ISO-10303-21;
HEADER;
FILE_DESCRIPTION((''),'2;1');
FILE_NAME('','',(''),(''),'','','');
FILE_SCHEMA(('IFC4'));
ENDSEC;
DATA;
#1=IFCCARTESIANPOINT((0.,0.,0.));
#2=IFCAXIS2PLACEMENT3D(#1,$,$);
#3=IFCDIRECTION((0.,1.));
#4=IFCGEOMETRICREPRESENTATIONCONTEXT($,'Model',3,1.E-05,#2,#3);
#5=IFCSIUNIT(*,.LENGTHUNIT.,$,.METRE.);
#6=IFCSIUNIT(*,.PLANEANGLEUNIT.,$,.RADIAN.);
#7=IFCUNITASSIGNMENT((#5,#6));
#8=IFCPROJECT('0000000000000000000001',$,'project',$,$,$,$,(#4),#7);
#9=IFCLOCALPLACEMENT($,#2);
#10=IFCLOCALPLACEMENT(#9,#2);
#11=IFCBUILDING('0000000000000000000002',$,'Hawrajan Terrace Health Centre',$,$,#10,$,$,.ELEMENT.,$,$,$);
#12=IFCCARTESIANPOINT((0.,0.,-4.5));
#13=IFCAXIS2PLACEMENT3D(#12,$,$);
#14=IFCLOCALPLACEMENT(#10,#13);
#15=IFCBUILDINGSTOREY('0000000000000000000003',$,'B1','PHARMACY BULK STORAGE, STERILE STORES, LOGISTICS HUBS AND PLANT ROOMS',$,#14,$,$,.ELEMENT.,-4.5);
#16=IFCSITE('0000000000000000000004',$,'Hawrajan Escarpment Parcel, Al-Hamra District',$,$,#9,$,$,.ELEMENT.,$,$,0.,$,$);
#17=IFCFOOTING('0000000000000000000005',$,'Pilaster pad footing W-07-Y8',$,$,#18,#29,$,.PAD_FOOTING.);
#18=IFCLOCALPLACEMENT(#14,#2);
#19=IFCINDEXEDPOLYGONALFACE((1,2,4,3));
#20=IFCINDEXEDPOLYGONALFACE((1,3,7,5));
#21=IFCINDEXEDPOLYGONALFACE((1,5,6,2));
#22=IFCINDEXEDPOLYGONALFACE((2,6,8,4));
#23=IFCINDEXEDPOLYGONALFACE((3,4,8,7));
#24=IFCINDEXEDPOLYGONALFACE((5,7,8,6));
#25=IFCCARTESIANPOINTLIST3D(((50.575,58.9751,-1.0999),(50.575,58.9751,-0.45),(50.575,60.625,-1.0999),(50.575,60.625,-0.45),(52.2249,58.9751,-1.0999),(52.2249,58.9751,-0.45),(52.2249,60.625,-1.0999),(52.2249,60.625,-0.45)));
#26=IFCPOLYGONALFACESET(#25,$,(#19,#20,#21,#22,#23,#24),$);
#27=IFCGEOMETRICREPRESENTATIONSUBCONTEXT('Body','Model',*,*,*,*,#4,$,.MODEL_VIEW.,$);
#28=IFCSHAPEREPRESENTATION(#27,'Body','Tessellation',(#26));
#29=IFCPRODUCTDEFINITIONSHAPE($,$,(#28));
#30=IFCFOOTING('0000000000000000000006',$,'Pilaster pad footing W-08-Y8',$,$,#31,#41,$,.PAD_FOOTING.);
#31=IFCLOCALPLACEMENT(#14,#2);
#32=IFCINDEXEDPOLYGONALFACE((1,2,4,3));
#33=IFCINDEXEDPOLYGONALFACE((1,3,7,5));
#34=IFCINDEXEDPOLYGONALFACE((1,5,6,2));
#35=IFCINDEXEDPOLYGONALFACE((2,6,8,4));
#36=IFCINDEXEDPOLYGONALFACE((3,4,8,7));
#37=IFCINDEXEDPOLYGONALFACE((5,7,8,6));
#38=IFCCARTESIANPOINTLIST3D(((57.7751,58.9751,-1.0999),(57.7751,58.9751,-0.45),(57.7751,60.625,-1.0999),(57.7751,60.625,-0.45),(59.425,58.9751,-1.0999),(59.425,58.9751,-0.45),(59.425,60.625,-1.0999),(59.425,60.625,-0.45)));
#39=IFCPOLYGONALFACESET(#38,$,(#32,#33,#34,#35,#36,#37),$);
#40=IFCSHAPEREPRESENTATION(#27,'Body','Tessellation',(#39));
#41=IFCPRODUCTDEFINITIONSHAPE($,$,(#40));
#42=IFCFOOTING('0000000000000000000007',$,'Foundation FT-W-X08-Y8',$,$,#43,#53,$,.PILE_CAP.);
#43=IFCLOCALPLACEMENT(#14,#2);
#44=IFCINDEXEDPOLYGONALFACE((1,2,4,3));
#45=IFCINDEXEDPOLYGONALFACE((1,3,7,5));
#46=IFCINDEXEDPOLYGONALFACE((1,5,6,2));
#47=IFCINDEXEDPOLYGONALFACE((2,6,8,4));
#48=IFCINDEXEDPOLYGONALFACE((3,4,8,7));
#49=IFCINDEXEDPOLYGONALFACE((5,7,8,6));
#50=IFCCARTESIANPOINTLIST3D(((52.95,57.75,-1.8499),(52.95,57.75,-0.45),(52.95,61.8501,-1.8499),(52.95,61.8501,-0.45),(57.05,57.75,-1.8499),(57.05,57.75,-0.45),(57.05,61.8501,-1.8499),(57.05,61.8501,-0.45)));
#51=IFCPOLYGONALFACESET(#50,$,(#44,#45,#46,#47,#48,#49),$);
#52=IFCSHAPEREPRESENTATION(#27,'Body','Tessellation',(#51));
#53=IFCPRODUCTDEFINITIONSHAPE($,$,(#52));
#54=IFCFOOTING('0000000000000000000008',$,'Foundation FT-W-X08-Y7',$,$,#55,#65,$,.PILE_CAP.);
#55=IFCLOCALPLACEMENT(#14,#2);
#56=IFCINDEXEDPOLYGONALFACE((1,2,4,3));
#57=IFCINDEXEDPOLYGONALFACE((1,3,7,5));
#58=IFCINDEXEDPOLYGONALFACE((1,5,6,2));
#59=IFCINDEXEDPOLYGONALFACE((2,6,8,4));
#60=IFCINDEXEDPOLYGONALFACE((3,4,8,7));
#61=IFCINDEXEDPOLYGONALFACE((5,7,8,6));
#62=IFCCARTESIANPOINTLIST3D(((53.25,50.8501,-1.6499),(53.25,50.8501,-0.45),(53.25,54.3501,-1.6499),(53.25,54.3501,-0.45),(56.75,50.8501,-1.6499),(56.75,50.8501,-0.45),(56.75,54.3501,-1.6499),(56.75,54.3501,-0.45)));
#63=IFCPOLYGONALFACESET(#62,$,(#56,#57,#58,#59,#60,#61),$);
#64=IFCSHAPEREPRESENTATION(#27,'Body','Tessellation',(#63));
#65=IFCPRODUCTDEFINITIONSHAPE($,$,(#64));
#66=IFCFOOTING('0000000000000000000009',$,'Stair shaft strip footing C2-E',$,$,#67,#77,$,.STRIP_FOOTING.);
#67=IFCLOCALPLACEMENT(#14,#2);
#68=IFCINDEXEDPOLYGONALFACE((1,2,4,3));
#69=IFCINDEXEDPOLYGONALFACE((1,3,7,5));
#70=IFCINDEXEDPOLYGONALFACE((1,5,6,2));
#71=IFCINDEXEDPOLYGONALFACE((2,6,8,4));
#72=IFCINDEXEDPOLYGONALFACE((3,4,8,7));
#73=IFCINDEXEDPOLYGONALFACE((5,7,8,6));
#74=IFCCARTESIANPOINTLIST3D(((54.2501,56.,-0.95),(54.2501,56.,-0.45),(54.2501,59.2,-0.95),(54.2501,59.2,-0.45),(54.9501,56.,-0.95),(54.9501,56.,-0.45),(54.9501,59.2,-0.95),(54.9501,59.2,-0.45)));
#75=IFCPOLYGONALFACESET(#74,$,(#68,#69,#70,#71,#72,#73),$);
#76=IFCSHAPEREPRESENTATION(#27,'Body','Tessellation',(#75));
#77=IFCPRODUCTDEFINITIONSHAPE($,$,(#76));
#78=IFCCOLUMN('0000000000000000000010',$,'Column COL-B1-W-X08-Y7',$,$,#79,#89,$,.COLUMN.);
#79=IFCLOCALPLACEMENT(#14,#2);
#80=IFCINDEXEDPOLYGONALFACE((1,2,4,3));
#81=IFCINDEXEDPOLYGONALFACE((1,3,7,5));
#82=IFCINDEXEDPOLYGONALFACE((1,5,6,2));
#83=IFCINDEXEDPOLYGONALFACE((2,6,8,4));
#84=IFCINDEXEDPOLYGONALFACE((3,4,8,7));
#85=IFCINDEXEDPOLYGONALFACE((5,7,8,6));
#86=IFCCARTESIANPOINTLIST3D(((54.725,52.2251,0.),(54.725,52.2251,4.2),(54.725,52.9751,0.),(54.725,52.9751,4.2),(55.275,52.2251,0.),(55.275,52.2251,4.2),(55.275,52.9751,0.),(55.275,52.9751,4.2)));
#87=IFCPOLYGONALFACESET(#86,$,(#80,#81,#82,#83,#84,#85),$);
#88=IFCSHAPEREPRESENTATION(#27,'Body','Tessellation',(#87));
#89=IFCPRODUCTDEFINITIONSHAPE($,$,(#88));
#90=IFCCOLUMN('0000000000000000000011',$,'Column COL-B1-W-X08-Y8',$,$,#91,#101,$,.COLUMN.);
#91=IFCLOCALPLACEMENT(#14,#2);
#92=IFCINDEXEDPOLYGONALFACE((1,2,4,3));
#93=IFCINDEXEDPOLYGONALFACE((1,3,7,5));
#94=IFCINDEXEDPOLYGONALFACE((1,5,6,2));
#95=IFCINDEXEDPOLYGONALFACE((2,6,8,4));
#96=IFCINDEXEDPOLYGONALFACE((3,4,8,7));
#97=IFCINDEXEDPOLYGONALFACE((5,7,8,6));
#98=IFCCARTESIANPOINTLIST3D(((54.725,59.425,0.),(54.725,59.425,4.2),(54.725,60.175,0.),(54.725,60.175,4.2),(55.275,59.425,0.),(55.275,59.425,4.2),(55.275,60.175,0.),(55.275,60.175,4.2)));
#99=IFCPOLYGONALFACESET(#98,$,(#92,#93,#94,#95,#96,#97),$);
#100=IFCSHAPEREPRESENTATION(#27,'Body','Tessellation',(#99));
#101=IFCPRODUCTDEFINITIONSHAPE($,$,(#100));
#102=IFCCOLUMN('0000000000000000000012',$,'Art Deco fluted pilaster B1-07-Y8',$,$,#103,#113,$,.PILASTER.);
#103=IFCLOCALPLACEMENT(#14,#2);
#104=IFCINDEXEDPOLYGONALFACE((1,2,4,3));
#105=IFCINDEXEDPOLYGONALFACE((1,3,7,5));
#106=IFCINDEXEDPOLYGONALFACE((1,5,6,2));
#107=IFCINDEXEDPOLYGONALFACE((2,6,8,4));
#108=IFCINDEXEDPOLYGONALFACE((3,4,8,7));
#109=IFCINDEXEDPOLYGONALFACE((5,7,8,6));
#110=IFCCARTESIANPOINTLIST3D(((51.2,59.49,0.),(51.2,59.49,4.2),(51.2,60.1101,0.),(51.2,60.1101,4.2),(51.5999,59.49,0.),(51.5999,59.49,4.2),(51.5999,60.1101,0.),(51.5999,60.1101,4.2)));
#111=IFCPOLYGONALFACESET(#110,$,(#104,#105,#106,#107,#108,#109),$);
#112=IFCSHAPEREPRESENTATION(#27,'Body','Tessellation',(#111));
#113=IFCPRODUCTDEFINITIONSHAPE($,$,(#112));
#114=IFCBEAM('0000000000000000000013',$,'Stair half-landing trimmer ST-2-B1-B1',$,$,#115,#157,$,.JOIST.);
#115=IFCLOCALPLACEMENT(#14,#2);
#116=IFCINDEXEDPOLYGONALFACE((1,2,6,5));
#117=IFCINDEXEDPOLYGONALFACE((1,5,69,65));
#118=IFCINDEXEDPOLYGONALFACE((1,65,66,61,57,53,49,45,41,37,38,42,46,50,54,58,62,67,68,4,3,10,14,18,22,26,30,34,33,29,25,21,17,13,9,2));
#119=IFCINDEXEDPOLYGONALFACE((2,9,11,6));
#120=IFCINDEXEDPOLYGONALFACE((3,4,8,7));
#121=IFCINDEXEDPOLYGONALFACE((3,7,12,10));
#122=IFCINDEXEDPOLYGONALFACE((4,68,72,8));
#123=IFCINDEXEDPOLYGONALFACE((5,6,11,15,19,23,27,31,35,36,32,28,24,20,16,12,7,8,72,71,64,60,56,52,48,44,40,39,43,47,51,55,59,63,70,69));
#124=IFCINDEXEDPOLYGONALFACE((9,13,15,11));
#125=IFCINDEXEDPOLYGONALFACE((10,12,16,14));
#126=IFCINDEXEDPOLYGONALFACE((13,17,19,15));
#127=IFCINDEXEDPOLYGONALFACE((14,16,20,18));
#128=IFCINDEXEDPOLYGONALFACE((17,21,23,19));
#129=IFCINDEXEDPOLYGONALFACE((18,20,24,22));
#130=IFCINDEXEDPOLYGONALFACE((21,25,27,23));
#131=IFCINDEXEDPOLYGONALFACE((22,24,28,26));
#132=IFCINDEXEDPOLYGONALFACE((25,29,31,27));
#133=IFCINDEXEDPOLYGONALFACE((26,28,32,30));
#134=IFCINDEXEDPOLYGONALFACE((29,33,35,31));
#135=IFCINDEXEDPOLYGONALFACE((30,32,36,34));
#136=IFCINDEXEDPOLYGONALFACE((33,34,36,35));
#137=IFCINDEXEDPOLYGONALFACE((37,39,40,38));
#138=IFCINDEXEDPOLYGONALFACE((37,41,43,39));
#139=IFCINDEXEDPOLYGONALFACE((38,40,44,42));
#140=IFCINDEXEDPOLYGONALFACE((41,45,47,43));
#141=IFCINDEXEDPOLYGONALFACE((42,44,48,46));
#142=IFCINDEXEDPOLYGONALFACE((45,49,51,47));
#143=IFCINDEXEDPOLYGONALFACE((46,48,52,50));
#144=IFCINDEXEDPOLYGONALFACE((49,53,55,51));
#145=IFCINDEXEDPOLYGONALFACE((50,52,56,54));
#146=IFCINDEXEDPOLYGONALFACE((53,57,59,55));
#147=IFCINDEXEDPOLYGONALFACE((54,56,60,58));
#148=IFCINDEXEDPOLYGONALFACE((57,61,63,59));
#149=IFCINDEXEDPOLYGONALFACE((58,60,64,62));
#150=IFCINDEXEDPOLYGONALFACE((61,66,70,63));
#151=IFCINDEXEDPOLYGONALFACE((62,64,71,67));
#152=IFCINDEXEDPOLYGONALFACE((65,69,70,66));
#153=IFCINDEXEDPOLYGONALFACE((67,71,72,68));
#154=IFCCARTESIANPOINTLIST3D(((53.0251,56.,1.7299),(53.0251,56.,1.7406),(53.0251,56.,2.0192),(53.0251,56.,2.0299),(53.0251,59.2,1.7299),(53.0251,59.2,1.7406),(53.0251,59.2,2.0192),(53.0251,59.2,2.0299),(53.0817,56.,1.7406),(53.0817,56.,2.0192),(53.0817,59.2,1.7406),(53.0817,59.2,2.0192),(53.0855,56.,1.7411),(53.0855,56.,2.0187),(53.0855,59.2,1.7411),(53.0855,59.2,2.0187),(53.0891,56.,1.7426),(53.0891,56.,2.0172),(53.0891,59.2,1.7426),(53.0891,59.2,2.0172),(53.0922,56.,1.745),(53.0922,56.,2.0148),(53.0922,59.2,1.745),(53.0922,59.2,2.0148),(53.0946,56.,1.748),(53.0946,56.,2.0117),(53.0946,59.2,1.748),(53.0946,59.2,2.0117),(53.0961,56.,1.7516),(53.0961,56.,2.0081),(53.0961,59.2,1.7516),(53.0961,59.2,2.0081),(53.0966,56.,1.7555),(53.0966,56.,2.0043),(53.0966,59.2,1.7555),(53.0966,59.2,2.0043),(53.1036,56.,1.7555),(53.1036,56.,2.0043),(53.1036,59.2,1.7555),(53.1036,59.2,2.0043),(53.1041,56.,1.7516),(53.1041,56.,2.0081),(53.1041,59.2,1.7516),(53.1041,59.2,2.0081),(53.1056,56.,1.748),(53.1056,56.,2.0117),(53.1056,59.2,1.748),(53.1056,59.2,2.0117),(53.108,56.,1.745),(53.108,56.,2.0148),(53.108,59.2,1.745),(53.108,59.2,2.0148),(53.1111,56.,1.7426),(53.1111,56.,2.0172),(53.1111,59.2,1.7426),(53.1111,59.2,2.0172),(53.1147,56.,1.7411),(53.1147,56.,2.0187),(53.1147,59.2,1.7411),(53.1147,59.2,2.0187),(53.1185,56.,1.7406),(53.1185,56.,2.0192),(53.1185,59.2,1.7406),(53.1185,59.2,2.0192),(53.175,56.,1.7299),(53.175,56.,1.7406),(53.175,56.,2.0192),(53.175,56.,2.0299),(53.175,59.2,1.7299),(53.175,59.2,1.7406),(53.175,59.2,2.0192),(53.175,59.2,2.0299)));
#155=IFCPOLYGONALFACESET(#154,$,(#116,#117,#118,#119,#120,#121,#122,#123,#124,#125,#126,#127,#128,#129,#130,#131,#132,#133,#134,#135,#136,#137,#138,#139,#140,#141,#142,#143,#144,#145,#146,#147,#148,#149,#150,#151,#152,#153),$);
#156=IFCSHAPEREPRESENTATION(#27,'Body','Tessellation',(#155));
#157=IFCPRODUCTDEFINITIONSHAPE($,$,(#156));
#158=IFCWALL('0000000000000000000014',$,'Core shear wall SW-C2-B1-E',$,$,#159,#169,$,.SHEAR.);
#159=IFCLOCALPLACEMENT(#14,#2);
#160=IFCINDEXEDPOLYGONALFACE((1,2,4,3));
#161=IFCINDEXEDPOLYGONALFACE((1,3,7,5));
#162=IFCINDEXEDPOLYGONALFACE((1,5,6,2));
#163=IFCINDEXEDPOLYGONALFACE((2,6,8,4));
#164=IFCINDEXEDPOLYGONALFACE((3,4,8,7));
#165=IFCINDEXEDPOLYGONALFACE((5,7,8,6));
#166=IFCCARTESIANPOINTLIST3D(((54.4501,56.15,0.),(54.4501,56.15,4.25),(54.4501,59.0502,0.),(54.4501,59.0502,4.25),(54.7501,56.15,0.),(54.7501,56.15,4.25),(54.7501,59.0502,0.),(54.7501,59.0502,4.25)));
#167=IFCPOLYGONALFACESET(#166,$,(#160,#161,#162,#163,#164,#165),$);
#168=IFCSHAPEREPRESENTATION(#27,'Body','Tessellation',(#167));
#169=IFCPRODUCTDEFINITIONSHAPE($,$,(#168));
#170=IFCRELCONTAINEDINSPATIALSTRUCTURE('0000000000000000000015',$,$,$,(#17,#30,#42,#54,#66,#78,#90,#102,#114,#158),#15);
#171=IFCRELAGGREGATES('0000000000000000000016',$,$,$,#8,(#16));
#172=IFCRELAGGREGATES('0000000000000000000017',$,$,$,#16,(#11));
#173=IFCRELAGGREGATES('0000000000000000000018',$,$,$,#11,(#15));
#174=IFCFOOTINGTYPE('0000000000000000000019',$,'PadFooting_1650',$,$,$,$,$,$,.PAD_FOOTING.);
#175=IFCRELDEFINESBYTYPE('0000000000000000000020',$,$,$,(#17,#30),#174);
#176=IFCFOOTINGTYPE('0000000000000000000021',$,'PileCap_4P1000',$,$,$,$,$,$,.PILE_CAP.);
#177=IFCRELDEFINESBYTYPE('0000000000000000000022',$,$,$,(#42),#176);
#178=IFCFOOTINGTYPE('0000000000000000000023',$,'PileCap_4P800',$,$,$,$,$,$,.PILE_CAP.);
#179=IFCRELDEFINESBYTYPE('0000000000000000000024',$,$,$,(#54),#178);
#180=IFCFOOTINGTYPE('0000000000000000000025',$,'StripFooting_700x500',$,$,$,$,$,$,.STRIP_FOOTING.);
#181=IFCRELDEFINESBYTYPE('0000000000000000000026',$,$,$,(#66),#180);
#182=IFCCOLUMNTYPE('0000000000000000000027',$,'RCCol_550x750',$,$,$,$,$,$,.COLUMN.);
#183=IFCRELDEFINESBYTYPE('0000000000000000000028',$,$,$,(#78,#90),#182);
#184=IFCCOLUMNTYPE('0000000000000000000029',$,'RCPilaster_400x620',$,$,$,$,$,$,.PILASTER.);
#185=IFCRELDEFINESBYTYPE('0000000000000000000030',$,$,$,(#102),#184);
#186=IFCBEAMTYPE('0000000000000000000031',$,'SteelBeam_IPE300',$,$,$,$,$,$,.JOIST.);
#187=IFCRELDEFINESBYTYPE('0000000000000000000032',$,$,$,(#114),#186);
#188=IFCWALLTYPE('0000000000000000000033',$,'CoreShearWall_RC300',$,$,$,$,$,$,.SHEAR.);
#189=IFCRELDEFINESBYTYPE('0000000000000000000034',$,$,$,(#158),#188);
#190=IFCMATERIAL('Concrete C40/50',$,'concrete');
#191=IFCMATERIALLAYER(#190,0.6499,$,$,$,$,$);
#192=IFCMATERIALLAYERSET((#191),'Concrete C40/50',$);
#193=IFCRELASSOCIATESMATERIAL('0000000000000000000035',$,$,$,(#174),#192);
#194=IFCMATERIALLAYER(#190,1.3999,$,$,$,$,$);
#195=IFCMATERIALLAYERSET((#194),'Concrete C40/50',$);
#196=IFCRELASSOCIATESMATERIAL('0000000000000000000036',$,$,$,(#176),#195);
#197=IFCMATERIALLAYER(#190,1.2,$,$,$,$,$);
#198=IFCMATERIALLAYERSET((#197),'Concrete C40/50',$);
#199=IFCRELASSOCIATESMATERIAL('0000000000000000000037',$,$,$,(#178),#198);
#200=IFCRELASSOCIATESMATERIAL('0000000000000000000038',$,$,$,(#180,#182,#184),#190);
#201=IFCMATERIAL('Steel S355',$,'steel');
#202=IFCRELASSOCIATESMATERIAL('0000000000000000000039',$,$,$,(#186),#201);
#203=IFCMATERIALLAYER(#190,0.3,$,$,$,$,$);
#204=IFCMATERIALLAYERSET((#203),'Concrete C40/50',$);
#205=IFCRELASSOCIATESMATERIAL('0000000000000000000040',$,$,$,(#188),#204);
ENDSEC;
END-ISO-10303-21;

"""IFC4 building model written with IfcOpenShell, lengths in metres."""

from ifc_helpers import new_model, si_unit, direction, frame, frame_2d, origin, origin_2d, place, context, subcontext, project, spatial, rectangle, i_section, extrude, material, layer, layer_set, material_profile, profile_set, type_object, element, save


model = new_model("IFC4")

# Units and contexts
model_context = context("Model", 3, precision=1e-05, world=origin(), true_north=direction((0.0, 1.0)))
body_context = subcontext(model_context, "Body", "Model", "MODEL_VIEW")
ifc_project = project(units=[si_unit("LENGTHUNIT", "METRE"), si_unit("PLANEANGLEUNIT", "RADIAN")], contexts=[model_context])

# Site, building, storey
site_placement = place(None, origin())
site = spatial("IfcSite", under=ifc_project, at=site_placement, Name="Hawrajan Escarpment Parcel, Al-Hamra District", CompositionType="ELEMENT", RefElevation=0.0)
building_placement = place(site_placement, origin())
building = spatial("IfcBuilding", under=site, at=building_placement, Name="Hawrajan Terrace Health Centre", CompositionType="ELEMENT")
storey_placement = place(building_placement, frame((0.0, 0.0, -4.5)))
storey = spatial("IfcBuildingStorey", under=building, at=storey_placement, Name="B1", Description="PHARMACY BULK STORAGE, STERILE STORES, LOGISTICS HUBS AND PLANT ROOMS", CompositionType="ELEMENT", Elevation=-4.5)

# Shared definitions
ifc_material_1 = material(Name="Concrete C40/50", Category="concrete")

# Footings
ifc_layer_1 = layer(ifc_material_1, 0.6499)
ifc_layer_set_1 = layer_set([ifc_layer_1], Name="Concrete C40/50")
footing_type_1 = type_object("IfcFootingType", Name="PadFooting_1650", PredefinedType="PAD_FOOTING", material=ifc_layer_set_1)
for number, where, z_axis, x_axis, name in (
    (1, (51.3999, 59.8, -1.0999), (0.0, 0.0, 1.0), (1.0, 0.0, 0.0), "Pilaster pad footing W-07-Y8"),
    (2, (58.6001, 59.8, -1.0999), (0.0, 0.0, 1.0), (1.0, 0.0, 0.0), "Pilaster pad footing W-08-Y8"),
):
    element("IfcFooting", number, at=place(storey_placement, frame(where, z_axis=z_axis, x_axis=x_axis)), inside=storey, type_object=footing_type_1, Name=name, PredefinedType="PAD_FOOTING", context=body_context, shape_type="SweptSolid", body=[
        extrude(rectangle(XDim=1.6499, YDim=1.6499, at=origin_2d()), origin(), (0.0, 0.0, 1.0), 0.6499),
    ])
ifc_layer_2 = layer(ifc_material_1, 1.3999)
ifc_layer_set_2 = layer_set([ifc_layer_2], Name="Concrete C40/50")
footing_type_2 = type_object("IfcFootingType", Name="PileCap_4P1000", PredefinedType="PILE_CAP", material=ifc_layer_set_2)
footing_1_placement = place(storey_placement, frame((55.0, 59.8, -1.8499), z_axis=(0.0, 0.0, 1.0), x_axis=(1.0, 0.0, 0.0)))
element("IfcFooting", 3, at=footing_1_placement, inside=storey, type_object=footing_type_2, Name="Foundation FT-W-X08-Y8", PredefinedType="PILE_CAP", context=body_context, shape_type="SweptSolid", body=[
    extrude(rectangle(XDim=4.1001, YDim=4.1001, at=origin_2d()), origin(), (0.0, 0.0, 1.0), 1.3999),
])
ifc_layer_3 = layer(ifc_material_1, 1.2)
ifc_layer_set_3 = layer_set([ifc_layer_3], Name="Concrete C40/50")
footing_type_3 = type_object("IfcFootingType", Name="PileCap_4P800", PredefinedType="PILE_CAP", material=ifc_layer_set_3)
footing_2_placement = place(storey_placement, frame((55.0, 52.6001, -1.6499), z_axis=(0.0, 0.0, 1.0), x_axis=(1.0, 0.0, 0.0)))
element("IfcFooting", 4, at=footing_2_placement, inside=storey, type_object=footing_type_3, Name="Foundation FT-W-X08-Y7", PredefinedType="PILE_CAP", context=body_context, shape_type="SweptSolid", body=[
    extrude(rectangle(XDim=3.5, YDim=3.5, at=origin_2d()), origin(), (0.0, 0.0, 1.0), 1.2),
])
ifc_material_profile_1 = material_profile(ifc_material_1, rectangle(XDim=0.7, YDim=0.5, at=origin_2d()), Name="RC STRIP 700x500")
ifc_profile_set_1 = profile_set([ifc_material_profile_1], Name="Concrete C40/50")
footing_type_4 = type_object("IfcFootingType", Name="StripFooting_700x500", PredefinedType="STRIP_FOOTING", material=ifc_profile_set_1)
footing_3_placement = place(storey_placement, frame((54.6001, 56.0, -0.7), z_axis=(0.0, 1.0, 0.0), x_axis=(-1.0, 0.0, 0.0)))
element("IfcFooting", 5, at=footing_3_placement, inside=storey, type_object=footing_type_4, Name="Stair shaft strip footing C2-E", PredefinedType="STRIP_FOOTING", context=body_context, shape_type="SweptSolid", body=[
    extrude(rectangle(XDim=0.7, YDim=0.5, at=origin_2d()), origin(), (0.0, 0.0, 1.0), 3.2),
])

# Columns
ifc_material_profile_2 = material_profile(ifc_material_1, rectangle(XDim=0.55, YDim=0.75, at=origin_2d()), Name="RC 550x750")
ifc_profile_set_2 = profile_set([ifc_material_profile_2], Name="Concrete C40/50")
column_type_1 = type_object("IfcColumnType", Name="RCCol_550x750", PredefinedType="COLUMN", material=ifc_profile_set_2)
for number, where, z_axis, x_axis, name in (
    (6, (55.0, 52.6001, 0.0), (0.0, 0.0, 1.0), (1.0, 0.0, 0.0), "Column COL-B1-W-X08-Y7"),
    (7, (55.0, 59.8, 0.0), (0.0, 0.0, 1.0), (1.0, 0.0, 0.0), "Column COL-B1-W-X08-Y8"),
):
    element("IfcColumn", number, at=place(storey_placement, frame(where, z_axis=z_axis, x_axis=x_axis)), inside=storey, type_object=column_type_1, Name=name, PredefinedType="COLUMN", context=body_context, shape_type="SweptSolid", body=[
        extrude(rectangle(XDim=0.55, YDim=0.75, at=origin_2d()), origin(), (0.0, 0.0, 1.0), 4.2),
    ])
ifc_material_profile_3 = material_profile(ifc_material_1, rectangle(XDim=0.3999, YDim=0.6201, at=origin_2d()), Name="RC PIL 400x620")
ifc_profile_set_3 = profile_set([ifc_material_profile_3], Name="Concrete C40/50")
column_type_2 = type_object("IfcColumnType", Name="RCPilaster_400x620", PredefinedType="PILASTER", material=ifc_profile_set_3)
column_placement = place(storey_placement, frame((51.3999, 59.8, 0.0), z_axis=(0.0, 0.0, 1.0), x_axis=(1.0, 0.0, 0.0)))
element("IfcColumn", 8, at=column_placement, inside=storey, type_object=column_type_2, Name="Art Deco fluted pilaster B1-07-Y8", PredefinedType="PILASTER", context=body_context, shape_type="SweptSolid", body=[
    extrude(rectangle(XDim=0.3999, YDim=0.6201, at=origin_2d()), origin(), (0.0, 0.0, 1.0), 4.2),
])

# Beam
ifc_material_2 = material(Name="Steel S355", Category="steel")
ifc_material_profile_4 = material_profile(ifc_material_2, i_section(OverallWidth=0.1499, OverallDepth=0.3, WebThickness=0.0071, FlangeThickness=0.0107, FilletRadius=0.0149, at=origin_2d()), Name="IPE 300")
ifc_profile_set_4 = profile_set([ifc_material_profile_4], Name="Steel S355")
beam_type = type_object("IfcBeamType", Name="SteelBeam_IPE300", PredefinedType="JOIST", material=ifc_profile_set_4)
beam_placement = place(storey_placement, frame((53.1001, 56.0, 1.8799), z_axis=(0.0, 1.0, 0.0), x_axis=(-1.0, 0.0, 0.0)))
element("IfcBeam", 9, at=beam_placement, inside=storey, type_object=beam_type, Name="Stair half-landing trimmer ST-2-B1-B1", PredefinedType="JOIST", context=body_context, shape_type="SweptSolid", body=[
    extrude(i_section(OverallWidth=0.1499, OverallDepth=0.3, WebThickness=0.0071, FlangeThickness=0.0107, FilletRadius=0.0149, at=origin_2d()), origin(), (0.0, 0.0, 1.0), 3.2),
])

# Wall
ifc_layer_4 = layer(ifc_material_1, 0.3)
ifc_layer_set_4 = layer_set([ifc_layer_4], Name="Concrete C40/50")
wall_type_1 = type_object("IfcWallType", Name="CoreShearWall_RC300", PredefinedType="SHEAR", material=ifc_layer_set_4)
wall_1_placement = place(storey_placement, frame((54.6001, 56.1499, 0.0), z_axis=(0.0, 0.0, 1.0), x_axis=(0.0, 1.0, 0.0)))
element("IfcWall", 10, at=wall_1_placement, inside=storey, type_object=wall_type_1, Name="Core shear wall SW-C2-B1-E", PredefinedType="SHEAR", context=body_context, shape_type="SweptSolid", body=[
    extrude(rectangle(XDim=2.9001, YDim=0.3, at=frame_2d((1.4502, 0.0))), origin(), (0.0, 0.0, 1.0), 4.25),
])

save(model, "model.ifc")
